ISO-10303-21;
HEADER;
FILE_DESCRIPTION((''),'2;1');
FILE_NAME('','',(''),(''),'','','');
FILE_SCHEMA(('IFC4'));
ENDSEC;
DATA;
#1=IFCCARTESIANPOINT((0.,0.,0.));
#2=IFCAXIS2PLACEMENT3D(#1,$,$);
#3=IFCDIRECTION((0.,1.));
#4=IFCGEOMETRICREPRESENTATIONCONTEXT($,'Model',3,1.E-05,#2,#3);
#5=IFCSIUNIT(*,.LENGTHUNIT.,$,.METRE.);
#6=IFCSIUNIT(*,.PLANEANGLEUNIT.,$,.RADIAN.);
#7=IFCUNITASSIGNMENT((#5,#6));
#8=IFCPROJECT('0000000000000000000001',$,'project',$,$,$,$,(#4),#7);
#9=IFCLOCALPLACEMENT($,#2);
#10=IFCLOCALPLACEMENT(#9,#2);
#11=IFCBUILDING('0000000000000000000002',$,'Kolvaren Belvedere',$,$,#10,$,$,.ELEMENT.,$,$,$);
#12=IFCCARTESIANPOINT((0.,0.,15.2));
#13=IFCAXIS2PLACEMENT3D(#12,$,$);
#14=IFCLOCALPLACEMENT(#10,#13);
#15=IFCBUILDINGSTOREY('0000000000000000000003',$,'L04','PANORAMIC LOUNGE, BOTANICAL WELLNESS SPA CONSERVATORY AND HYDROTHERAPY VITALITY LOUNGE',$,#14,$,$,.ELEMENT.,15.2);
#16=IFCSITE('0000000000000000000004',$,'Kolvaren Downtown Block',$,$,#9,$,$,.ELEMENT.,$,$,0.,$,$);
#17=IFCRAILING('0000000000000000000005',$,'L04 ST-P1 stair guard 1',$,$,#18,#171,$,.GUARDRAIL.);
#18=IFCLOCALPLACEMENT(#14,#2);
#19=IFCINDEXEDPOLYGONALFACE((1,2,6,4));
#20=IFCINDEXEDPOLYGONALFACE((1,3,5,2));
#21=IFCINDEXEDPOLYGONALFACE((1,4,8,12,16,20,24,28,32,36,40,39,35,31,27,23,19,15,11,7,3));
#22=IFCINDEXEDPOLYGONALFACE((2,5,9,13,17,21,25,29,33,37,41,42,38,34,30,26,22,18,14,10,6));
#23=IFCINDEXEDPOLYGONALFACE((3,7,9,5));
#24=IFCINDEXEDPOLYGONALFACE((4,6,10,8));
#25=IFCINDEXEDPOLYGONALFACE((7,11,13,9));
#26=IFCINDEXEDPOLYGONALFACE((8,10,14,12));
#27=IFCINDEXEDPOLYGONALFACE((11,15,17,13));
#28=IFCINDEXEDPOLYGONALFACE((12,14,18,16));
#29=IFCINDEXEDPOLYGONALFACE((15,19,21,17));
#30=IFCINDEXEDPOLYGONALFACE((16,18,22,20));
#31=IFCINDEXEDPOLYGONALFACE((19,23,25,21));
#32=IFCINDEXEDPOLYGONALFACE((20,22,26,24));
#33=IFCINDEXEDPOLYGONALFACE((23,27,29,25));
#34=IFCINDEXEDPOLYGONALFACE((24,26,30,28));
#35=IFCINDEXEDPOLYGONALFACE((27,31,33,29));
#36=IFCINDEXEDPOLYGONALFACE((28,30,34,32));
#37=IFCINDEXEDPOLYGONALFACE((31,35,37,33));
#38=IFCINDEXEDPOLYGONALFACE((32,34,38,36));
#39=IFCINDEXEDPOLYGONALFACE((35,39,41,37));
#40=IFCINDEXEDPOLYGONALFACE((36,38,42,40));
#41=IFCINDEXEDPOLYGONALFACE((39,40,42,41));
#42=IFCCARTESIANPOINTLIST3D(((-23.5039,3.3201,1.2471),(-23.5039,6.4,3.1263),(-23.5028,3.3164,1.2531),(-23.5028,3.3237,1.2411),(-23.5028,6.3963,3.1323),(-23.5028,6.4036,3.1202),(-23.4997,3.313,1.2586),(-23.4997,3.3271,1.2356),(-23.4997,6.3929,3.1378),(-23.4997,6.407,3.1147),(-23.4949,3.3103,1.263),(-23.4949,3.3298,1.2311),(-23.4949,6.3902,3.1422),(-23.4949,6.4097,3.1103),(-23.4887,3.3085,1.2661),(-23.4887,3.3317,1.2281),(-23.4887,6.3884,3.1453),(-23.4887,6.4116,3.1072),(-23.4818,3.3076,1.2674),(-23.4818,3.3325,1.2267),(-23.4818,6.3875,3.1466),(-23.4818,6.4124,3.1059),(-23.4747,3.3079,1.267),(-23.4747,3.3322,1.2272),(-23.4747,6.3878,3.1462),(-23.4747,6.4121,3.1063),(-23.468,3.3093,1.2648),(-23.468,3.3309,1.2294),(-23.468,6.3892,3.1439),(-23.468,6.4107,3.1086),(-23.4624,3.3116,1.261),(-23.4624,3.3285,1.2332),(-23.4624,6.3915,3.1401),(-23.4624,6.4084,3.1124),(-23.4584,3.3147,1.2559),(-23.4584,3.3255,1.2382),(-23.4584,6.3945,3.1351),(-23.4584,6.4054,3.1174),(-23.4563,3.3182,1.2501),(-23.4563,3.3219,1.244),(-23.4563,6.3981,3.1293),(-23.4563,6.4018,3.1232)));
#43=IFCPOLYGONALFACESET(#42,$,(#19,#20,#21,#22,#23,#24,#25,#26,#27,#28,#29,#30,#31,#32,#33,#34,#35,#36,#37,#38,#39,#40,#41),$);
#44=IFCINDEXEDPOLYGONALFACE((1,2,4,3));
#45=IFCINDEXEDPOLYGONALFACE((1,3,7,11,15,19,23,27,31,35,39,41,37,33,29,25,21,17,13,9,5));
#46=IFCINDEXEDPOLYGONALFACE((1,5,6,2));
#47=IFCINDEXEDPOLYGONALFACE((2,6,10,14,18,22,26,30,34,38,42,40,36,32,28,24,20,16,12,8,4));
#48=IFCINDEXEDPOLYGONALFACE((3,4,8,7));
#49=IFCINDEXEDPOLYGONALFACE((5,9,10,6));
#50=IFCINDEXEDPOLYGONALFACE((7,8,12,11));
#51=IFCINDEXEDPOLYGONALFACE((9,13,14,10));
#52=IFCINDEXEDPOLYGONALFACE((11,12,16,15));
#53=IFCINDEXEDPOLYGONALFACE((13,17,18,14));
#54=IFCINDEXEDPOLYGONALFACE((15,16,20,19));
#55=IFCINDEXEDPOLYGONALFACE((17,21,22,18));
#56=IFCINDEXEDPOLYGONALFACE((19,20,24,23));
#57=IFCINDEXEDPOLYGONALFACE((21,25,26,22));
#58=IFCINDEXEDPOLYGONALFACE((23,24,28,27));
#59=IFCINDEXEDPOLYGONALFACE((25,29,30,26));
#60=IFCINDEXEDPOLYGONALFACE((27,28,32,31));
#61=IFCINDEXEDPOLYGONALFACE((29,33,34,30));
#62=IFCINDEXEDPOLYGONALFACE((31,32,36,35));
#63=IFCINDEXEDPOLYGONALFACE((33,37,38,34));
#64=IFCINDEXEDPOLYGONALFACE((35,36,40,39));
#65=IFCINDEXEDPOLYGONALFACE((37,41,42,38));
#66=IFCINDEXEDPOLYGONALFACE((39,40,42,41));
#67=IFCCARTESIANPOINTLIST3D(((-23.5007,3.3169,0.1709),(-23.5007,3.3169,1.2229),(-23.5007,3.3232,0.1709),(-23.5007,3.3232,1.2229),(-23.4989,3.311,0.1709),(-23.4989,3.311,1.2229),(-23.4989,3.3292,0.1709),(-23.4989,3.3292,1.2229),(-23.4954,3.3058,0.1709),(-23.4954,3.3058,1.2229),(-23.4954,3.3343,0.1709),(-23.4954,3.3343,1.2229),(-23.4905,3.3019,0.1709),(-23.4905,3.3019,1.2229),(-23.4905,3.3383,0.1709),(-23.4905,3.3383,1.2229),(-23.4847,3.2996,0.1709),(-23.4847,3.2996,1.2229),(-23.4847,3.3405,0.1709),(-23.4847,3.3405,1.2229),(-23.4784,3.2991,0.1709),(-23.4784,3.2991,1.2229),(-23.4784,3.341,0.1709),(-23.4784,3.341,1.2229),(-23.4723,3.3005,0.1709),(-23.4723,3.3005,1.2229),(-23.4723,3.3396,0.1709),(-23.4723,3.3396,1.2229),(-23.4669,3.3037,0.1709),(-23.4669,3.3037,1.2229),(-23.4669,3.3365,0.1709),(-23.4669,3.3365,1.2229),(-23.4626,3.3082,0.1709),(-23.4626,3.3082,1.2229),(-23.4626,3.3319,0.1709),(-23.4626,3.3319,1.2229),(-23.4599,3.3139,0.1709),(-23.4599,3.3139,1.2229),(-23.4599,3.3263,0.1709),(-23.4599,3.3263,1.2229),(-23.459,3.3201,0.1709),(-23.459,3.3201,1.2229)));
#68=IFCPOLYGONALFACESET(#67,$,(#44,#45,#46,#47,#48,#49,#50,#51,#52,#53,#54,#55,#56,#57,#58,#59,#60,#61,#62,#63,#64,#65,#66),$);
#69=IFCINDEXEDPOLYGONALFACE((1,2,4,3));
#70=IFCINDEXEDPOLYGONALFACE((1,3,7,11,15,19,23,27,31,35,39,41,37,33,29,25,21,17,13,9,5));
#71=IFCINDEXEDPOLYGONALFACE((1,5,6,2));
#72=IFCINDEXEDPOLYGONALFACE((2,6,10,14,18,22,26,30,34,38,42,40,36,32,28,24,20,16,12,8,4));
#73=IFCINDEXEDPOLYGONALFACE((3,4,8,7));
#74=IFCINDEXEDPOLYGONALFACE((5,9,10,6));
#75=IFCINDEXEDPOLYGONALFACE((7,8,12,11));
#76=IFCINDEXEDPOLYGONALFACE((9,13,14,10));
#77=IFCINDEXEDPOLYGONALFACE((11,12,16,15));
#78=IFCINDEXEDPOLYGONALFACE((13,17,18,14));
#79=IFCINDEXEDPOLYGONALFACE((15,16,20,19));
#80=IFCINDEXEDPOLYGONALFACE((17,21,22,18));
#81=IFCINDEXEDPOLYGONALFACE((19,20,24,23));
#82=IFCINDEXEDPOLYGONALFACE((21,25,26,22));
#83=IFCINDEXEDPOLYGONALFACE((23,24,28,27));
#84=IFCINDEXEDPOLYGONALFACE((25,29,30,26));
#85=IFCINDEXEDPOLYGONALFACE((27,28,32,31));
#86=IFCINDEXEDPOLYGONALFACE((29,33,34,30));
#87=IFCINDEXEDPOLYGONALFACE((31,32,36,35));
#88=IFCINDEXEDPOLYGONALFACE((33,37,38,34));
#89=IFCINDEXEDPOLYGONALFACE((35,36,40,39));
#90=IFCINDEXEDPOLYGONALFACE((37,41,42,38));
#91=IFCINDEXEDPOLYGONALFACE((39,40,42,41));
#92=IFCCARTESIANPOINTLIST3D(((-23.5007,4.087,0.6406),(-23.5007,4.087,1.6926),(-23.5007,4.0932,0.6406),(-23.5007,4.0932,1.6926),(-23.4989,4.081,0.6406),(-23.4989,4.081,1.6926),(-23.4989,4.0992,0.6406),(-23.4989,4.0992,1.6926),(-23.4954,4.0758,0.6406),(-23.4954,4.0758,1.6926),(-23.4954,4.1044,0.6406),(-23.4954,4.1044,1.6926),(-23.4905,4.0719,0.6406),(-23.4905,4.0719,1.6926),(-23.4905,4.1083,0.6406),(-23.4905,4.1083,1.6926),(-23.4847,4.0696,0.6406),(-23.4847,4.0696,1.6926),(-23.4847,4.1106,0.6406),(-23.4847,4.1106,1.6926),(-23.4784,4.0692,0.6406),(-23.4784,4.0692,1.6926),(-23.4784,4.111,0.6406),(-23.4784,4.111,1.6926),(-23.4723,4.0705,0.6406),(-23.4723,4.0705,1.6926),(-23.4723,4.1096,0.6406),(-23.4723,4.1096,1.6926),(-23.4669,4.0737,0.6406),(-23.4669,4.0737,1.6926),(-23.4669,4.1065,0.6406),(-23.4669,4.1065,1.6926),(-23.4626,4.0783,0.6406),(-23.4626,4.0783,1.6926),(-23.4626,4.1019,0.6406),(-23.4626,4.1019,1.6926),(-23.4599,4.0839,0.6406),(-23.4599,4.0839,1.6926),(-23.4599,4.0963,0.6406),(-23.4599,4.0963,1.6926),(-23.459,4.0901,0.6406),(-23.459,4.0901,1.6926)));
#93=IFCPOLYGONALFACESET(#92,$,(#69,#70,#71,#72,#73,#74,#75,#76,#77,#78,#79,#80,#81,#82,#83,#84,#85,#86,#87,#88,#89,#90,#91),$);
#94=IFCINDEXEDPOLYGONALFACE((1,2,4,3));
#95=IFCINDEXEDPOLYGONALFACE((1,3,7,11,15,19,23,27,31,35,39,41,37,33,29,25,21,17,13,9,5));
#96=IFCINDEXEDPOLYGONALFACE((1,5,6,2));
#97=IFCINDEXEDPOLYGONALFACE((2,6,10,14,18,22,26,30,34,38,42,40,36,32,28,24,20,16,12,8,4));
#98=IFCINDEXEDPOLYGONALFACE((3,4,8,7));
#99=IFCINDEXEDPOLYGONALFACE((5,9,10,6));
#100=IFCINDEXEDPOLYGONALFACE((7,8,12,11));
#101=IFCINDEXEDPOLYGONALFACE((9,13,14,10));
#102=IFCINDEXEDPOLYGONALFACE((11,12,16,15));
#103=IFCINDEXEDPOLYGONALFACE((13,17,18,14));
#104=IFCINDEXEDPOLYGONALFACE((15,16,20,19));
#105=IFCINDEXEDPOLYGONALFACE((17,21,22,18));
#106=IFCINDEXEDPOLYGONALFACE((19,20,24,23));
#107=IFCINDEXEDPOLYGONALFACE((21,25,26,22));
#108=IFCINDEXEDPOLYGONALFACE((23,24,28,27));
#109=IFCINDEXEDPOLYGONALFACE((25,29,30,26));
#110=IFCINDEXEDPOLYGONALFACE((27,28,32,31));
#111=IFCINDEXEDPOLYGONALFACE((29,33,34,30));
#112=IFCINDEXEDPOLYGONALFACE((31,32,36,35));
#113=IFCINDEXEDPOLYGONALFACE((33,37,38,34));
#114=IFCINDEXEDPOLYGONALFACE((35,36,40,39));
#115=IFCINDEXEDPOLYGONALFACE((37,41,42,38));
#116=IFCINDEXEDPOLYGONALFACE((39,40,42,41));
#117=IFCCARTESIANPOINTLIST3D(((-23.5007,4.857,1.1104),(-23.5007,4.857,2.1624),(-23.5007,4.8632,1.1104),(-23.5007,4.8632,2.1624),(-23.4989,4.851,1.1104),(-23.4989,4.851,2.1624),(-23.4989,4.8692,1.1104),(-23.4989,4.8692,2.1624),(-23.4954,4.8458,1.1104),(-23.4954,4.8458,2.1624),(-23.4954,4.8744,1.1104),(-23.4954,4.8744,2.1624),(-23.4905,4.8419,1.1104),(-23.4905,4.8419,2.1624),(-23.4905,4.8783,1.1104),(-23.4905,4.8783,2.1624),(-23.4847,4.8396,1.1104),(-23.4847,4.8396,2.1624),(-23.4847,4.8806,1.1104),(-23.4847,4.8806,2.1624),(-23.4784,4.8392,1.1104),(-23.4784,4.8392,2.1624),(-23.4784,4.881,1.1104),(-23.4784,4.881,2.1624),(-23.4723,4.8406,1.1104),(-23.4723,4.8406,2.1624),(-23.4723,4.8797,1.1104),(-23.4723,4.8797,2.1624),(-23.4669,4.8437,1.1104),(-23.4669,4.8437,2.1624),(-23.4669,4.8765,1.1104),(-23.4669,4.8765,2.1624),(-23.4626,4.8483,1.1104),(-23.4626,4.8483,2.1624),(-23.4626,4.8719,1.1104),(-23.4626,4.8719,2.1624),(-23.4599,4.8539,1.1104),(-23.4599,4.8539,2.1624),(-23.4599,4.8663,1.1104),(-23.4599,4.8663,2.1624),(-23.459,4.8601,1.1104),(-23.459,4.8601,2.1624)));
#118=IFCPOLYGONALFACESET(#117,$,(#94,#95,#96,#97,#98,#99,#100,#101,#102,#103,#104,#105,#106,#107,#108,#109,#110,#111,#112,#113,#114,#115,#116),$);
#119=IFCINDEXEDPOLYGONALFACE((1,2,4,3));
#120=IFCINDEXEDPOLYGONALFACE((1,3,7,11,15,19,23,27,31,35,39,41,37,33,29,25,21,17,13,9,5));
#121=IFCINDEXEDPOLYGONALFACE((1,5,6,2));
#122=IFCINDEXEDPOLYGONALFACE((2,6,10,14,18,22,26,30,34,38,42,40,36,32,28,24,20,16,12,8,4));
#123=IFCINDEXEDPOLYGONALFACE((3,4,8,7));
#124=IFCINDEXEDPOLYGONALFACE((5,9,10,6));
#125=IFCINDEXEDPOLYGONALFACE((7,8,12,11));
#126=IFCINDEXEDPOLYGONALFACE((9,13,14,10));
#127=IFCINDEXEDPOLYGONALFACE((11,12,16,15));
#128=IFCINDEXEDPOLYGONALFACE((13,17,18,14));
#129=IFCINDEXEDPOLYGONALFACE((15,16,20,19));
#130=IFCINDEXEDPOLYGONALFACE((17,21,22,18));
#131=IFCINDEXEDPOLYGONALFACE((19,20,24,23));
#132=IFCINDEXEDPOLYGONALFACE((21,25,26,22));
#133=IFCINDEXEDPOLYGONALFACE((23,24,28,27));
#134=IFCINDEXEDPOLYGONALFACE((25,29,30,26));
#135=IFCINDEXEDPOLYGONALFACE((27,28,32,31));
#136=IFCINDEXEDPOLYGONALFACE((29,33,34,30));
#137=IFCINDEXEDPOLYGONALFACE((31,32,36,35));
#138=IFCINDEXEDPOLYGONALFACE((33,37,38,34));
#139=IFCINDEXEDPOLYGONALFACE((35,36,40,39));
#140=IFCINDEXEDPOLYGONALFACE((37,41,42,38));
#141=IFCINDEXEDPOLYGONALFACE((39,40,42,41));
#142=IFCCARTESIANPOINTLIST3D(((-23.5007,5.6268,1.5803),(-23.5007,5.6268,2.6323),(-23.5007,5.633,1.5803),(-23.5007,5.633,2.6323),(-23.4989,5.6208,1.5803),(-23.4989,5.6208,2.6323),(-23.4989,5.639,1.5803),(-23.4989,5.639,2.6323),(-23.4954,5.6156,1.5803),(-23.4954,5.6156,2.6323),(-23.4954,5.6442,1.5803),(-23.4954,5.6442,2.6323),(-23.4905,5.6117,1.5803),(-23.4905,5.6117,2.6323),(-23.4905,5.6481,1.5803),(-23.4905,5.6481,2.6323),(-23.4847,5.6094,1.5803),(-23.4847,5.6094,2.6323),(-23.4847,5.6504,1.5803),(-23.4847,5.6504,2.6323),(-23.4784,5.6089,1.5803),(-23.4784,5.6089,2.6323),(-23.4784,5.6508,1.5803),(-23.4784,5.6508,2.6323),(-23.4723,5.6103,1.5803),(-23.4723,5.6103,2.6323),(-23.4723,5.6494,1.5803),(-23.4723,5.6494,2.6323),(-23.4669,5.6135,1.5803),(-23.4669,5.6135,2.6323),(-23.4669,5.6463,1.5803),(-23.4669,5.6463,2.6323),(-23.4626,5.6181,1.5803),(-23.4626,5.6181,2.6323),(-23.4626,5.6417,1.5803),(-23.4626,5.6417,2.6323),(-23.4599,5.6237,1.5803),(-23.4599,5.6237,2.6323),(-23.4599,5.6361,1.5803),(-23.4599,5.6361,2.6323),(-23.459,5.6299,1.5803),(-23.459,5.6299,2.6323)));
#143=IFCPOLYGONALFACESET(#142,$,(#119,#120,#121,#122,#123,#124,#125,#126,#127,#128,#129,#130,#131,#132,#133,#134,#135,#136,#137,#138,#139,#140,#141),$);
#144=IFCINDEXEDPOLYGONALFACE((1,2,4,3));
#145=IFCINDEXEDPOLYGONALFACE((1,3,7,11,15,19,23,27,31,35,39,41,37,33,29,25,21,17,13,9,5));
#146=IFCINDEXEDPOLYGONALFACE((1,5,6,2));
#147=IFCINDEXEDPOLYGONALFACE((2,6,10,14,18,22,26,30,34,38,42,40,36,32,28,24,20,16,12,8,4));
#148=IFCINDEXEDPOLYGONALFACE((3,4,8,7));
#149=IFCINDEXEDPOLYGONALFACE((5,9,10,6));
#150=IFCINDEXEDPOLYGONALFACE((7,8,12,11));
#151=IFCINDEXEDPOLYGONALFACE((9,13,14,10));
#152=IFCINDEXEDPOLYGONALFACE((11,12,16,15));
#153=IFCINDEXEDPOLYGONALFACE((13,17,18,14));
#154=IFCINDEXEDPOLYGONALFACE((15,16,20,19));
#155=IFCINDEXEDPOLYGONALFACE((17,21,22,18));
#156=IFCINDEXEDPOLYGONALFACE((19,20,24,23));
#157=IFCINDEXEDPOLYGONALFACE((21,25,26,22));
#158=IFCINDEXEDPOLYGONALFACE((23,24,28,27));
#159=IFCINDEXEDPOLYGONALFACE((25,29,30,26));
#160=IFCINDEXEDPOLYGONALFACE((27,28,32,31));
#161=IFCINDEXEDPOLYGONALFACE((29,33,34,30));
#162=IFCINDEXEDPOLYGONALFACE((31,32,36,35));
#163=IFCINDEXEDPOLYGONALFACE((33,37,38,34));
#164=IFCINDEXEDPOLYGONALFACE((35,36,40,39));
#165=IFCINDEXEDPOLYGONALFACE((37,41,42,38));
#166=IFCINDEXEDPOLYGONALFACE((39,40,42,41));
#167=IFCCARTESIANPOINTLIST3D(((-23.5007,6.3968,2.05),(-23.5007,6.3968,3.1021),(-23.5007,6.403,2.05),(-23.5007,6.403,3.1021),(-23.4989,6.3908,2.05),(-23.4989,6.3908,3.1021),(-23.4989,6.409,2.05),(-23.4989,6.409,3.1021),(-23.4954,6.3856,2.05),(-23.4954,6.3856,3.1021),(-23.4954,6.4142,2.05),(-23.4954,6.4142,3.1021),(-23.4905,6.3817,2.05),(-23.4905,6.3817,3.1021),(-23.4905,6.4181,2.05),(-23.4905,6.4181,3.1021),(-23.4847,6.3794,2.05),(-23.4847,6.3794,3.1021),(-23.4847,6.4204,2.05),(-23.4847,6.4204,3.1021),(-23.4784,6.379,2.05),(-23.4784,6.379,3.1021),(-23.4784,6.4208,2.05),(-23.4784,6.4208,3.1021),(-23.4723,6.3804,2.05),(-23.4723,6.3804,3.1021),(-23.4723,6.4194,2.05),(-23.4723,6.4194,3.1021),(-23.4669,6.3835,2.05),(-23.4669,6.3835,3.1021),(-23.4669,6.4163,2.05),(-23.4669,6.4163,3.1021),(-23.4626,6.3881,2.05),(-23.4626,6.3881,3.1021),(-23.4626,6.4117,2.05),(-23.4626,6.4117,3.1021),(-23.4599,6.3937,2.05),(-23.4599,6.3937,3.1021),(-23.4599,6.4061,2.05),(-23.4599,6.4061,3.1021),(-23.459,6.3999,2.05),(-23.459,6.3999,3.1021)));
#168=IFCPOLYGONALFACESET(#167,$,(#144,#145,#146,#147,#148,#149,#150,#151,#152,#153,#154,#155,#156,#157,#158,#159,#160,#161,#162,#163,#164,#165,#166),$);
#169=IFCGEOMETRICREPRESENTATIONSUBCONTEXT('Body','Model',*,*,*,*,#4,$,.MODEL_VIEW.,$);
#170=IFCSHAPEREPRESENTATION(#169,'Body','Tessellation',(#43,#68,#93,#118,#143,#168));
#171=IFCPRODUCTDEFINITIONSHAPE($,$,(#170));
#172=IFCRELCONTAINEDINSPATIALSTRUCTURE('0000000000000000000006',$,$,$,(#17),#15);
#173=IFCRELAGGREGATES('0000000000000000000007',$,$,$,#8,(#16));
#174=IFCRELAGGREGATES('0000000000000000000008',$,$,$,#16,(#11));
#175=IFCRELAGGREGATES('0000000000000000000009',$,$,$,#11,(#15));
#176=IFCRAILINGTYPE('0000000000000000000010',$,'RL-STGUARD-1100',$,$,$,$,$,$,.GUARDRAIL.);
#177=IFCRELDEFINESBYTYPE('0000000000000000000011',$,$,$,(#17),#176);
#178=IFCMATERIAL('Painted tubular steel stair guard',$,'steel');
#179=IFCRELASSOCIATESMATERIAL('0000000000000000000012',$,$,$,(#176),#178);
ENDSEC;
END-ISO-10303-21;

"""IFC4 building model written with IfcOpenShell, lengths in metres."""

from ifc_helpers import new_model, si_unit, direction, frame, origin, origin_2d, place, context, subcontext, project, spatial, circle, extrude, material, type_object, element, save


model = new_model("IFC4")

# Units and contexts
model_context = context("Model", 3, precision=1e-05, world=origin(), true_north=direction((0.0, 1.0)))
body_context = subcontext(model_context, "Body", "Model", "MODEL_VIEW")
ifc_project = project(units=[si_unit("LENGTHUNIT", "METRE"), si_unit("PLANEANGLEUNIT", "RADIAN")], contexts=[model_context])

# Site, building, storey
site_placement = place(None, origin())
site = spatial("IfcSite", under=ifc_project, at=site_placement, Name="Kolvaren Downtown Block", CompositionType="ELEMENT", RefElevation=0.0)
building_placement = place(site_placement, origin())
building = spatial("IfcBuilding", under=site, at=building_placement, Name="Kolvaren Belvedere", CompositionType="ELEMENT")
storey_placement = place(building_placement, frame((0.0, 0.0, 15.2)))
storey = spatial("IfcBuildingStorey", under=building, at=storey_placement, Name="L04", Description="PANORAMIC LOUNGE, BOTANICAL WELLNESS SPA CONSERVATORY AND HYDROTHERAPY VITALITY LOUNGE", CompositionType="ELEMENT", Elevation=15.2)

# Railing
ifc_material_1 = material(Name="Painted tubular steel stair guard", Category="steel")
railing_type_1 = type_object("IfcRailingType", Name="RL-STGUARD-1100", PredefinedType="GUARDRAIL", material=ifc_material_1)
railing_1_placement = place(storey_placement, frame((-23.48, 3.3201, 0.1709)))
element("IfcRailing", 1, at=railing_1_placement, inside=storey, type_object=railing_type_1, Name="L04 ST-P1 stair guard 1", PredefinedType="GUARDRAIL", context=body_context, shape_type="SweptSolid", body=[
    extrude(circle(Radius=0.0239, at=origin_2d()), frame((0.0, 0.0, 1.0762), z_axis=(0.0, 0.853648, 0.52085), x_axis=(-1.0, 0.0, 0.0)), (0.0, 0.0, 1.0), 3.6079),
    extrude(circle(Radius=0.021, at=origin_2d()), origin(), (0.0, 0.0, 1.0), 1.052),
    extrude(circle(Radius=0.021, at=origin_2d()), frame((0.0, 0.77, 0.4697)), (0.0, 0.0, 1.0), 1.052),
    extrude(circle(Radius=0.021, at=origin_2d()), frame((0.0, 1.54, 0.9395)), (0.0, 0.0, 1.0), 1.052),
    extrude(circle(Radius=0.021, at=origin_2d()), frame((0.0, 2.3098, 1.4094)), (0.0, 0.0, 1.0), 1.052),
    extrude(circle(Radius=0.021, at=origin_2d()), frame((0.0, 3.0798, 1.8792)), (0.0, 0.0, 1.0), 1.052),
])

save(model, "model.ifc")
